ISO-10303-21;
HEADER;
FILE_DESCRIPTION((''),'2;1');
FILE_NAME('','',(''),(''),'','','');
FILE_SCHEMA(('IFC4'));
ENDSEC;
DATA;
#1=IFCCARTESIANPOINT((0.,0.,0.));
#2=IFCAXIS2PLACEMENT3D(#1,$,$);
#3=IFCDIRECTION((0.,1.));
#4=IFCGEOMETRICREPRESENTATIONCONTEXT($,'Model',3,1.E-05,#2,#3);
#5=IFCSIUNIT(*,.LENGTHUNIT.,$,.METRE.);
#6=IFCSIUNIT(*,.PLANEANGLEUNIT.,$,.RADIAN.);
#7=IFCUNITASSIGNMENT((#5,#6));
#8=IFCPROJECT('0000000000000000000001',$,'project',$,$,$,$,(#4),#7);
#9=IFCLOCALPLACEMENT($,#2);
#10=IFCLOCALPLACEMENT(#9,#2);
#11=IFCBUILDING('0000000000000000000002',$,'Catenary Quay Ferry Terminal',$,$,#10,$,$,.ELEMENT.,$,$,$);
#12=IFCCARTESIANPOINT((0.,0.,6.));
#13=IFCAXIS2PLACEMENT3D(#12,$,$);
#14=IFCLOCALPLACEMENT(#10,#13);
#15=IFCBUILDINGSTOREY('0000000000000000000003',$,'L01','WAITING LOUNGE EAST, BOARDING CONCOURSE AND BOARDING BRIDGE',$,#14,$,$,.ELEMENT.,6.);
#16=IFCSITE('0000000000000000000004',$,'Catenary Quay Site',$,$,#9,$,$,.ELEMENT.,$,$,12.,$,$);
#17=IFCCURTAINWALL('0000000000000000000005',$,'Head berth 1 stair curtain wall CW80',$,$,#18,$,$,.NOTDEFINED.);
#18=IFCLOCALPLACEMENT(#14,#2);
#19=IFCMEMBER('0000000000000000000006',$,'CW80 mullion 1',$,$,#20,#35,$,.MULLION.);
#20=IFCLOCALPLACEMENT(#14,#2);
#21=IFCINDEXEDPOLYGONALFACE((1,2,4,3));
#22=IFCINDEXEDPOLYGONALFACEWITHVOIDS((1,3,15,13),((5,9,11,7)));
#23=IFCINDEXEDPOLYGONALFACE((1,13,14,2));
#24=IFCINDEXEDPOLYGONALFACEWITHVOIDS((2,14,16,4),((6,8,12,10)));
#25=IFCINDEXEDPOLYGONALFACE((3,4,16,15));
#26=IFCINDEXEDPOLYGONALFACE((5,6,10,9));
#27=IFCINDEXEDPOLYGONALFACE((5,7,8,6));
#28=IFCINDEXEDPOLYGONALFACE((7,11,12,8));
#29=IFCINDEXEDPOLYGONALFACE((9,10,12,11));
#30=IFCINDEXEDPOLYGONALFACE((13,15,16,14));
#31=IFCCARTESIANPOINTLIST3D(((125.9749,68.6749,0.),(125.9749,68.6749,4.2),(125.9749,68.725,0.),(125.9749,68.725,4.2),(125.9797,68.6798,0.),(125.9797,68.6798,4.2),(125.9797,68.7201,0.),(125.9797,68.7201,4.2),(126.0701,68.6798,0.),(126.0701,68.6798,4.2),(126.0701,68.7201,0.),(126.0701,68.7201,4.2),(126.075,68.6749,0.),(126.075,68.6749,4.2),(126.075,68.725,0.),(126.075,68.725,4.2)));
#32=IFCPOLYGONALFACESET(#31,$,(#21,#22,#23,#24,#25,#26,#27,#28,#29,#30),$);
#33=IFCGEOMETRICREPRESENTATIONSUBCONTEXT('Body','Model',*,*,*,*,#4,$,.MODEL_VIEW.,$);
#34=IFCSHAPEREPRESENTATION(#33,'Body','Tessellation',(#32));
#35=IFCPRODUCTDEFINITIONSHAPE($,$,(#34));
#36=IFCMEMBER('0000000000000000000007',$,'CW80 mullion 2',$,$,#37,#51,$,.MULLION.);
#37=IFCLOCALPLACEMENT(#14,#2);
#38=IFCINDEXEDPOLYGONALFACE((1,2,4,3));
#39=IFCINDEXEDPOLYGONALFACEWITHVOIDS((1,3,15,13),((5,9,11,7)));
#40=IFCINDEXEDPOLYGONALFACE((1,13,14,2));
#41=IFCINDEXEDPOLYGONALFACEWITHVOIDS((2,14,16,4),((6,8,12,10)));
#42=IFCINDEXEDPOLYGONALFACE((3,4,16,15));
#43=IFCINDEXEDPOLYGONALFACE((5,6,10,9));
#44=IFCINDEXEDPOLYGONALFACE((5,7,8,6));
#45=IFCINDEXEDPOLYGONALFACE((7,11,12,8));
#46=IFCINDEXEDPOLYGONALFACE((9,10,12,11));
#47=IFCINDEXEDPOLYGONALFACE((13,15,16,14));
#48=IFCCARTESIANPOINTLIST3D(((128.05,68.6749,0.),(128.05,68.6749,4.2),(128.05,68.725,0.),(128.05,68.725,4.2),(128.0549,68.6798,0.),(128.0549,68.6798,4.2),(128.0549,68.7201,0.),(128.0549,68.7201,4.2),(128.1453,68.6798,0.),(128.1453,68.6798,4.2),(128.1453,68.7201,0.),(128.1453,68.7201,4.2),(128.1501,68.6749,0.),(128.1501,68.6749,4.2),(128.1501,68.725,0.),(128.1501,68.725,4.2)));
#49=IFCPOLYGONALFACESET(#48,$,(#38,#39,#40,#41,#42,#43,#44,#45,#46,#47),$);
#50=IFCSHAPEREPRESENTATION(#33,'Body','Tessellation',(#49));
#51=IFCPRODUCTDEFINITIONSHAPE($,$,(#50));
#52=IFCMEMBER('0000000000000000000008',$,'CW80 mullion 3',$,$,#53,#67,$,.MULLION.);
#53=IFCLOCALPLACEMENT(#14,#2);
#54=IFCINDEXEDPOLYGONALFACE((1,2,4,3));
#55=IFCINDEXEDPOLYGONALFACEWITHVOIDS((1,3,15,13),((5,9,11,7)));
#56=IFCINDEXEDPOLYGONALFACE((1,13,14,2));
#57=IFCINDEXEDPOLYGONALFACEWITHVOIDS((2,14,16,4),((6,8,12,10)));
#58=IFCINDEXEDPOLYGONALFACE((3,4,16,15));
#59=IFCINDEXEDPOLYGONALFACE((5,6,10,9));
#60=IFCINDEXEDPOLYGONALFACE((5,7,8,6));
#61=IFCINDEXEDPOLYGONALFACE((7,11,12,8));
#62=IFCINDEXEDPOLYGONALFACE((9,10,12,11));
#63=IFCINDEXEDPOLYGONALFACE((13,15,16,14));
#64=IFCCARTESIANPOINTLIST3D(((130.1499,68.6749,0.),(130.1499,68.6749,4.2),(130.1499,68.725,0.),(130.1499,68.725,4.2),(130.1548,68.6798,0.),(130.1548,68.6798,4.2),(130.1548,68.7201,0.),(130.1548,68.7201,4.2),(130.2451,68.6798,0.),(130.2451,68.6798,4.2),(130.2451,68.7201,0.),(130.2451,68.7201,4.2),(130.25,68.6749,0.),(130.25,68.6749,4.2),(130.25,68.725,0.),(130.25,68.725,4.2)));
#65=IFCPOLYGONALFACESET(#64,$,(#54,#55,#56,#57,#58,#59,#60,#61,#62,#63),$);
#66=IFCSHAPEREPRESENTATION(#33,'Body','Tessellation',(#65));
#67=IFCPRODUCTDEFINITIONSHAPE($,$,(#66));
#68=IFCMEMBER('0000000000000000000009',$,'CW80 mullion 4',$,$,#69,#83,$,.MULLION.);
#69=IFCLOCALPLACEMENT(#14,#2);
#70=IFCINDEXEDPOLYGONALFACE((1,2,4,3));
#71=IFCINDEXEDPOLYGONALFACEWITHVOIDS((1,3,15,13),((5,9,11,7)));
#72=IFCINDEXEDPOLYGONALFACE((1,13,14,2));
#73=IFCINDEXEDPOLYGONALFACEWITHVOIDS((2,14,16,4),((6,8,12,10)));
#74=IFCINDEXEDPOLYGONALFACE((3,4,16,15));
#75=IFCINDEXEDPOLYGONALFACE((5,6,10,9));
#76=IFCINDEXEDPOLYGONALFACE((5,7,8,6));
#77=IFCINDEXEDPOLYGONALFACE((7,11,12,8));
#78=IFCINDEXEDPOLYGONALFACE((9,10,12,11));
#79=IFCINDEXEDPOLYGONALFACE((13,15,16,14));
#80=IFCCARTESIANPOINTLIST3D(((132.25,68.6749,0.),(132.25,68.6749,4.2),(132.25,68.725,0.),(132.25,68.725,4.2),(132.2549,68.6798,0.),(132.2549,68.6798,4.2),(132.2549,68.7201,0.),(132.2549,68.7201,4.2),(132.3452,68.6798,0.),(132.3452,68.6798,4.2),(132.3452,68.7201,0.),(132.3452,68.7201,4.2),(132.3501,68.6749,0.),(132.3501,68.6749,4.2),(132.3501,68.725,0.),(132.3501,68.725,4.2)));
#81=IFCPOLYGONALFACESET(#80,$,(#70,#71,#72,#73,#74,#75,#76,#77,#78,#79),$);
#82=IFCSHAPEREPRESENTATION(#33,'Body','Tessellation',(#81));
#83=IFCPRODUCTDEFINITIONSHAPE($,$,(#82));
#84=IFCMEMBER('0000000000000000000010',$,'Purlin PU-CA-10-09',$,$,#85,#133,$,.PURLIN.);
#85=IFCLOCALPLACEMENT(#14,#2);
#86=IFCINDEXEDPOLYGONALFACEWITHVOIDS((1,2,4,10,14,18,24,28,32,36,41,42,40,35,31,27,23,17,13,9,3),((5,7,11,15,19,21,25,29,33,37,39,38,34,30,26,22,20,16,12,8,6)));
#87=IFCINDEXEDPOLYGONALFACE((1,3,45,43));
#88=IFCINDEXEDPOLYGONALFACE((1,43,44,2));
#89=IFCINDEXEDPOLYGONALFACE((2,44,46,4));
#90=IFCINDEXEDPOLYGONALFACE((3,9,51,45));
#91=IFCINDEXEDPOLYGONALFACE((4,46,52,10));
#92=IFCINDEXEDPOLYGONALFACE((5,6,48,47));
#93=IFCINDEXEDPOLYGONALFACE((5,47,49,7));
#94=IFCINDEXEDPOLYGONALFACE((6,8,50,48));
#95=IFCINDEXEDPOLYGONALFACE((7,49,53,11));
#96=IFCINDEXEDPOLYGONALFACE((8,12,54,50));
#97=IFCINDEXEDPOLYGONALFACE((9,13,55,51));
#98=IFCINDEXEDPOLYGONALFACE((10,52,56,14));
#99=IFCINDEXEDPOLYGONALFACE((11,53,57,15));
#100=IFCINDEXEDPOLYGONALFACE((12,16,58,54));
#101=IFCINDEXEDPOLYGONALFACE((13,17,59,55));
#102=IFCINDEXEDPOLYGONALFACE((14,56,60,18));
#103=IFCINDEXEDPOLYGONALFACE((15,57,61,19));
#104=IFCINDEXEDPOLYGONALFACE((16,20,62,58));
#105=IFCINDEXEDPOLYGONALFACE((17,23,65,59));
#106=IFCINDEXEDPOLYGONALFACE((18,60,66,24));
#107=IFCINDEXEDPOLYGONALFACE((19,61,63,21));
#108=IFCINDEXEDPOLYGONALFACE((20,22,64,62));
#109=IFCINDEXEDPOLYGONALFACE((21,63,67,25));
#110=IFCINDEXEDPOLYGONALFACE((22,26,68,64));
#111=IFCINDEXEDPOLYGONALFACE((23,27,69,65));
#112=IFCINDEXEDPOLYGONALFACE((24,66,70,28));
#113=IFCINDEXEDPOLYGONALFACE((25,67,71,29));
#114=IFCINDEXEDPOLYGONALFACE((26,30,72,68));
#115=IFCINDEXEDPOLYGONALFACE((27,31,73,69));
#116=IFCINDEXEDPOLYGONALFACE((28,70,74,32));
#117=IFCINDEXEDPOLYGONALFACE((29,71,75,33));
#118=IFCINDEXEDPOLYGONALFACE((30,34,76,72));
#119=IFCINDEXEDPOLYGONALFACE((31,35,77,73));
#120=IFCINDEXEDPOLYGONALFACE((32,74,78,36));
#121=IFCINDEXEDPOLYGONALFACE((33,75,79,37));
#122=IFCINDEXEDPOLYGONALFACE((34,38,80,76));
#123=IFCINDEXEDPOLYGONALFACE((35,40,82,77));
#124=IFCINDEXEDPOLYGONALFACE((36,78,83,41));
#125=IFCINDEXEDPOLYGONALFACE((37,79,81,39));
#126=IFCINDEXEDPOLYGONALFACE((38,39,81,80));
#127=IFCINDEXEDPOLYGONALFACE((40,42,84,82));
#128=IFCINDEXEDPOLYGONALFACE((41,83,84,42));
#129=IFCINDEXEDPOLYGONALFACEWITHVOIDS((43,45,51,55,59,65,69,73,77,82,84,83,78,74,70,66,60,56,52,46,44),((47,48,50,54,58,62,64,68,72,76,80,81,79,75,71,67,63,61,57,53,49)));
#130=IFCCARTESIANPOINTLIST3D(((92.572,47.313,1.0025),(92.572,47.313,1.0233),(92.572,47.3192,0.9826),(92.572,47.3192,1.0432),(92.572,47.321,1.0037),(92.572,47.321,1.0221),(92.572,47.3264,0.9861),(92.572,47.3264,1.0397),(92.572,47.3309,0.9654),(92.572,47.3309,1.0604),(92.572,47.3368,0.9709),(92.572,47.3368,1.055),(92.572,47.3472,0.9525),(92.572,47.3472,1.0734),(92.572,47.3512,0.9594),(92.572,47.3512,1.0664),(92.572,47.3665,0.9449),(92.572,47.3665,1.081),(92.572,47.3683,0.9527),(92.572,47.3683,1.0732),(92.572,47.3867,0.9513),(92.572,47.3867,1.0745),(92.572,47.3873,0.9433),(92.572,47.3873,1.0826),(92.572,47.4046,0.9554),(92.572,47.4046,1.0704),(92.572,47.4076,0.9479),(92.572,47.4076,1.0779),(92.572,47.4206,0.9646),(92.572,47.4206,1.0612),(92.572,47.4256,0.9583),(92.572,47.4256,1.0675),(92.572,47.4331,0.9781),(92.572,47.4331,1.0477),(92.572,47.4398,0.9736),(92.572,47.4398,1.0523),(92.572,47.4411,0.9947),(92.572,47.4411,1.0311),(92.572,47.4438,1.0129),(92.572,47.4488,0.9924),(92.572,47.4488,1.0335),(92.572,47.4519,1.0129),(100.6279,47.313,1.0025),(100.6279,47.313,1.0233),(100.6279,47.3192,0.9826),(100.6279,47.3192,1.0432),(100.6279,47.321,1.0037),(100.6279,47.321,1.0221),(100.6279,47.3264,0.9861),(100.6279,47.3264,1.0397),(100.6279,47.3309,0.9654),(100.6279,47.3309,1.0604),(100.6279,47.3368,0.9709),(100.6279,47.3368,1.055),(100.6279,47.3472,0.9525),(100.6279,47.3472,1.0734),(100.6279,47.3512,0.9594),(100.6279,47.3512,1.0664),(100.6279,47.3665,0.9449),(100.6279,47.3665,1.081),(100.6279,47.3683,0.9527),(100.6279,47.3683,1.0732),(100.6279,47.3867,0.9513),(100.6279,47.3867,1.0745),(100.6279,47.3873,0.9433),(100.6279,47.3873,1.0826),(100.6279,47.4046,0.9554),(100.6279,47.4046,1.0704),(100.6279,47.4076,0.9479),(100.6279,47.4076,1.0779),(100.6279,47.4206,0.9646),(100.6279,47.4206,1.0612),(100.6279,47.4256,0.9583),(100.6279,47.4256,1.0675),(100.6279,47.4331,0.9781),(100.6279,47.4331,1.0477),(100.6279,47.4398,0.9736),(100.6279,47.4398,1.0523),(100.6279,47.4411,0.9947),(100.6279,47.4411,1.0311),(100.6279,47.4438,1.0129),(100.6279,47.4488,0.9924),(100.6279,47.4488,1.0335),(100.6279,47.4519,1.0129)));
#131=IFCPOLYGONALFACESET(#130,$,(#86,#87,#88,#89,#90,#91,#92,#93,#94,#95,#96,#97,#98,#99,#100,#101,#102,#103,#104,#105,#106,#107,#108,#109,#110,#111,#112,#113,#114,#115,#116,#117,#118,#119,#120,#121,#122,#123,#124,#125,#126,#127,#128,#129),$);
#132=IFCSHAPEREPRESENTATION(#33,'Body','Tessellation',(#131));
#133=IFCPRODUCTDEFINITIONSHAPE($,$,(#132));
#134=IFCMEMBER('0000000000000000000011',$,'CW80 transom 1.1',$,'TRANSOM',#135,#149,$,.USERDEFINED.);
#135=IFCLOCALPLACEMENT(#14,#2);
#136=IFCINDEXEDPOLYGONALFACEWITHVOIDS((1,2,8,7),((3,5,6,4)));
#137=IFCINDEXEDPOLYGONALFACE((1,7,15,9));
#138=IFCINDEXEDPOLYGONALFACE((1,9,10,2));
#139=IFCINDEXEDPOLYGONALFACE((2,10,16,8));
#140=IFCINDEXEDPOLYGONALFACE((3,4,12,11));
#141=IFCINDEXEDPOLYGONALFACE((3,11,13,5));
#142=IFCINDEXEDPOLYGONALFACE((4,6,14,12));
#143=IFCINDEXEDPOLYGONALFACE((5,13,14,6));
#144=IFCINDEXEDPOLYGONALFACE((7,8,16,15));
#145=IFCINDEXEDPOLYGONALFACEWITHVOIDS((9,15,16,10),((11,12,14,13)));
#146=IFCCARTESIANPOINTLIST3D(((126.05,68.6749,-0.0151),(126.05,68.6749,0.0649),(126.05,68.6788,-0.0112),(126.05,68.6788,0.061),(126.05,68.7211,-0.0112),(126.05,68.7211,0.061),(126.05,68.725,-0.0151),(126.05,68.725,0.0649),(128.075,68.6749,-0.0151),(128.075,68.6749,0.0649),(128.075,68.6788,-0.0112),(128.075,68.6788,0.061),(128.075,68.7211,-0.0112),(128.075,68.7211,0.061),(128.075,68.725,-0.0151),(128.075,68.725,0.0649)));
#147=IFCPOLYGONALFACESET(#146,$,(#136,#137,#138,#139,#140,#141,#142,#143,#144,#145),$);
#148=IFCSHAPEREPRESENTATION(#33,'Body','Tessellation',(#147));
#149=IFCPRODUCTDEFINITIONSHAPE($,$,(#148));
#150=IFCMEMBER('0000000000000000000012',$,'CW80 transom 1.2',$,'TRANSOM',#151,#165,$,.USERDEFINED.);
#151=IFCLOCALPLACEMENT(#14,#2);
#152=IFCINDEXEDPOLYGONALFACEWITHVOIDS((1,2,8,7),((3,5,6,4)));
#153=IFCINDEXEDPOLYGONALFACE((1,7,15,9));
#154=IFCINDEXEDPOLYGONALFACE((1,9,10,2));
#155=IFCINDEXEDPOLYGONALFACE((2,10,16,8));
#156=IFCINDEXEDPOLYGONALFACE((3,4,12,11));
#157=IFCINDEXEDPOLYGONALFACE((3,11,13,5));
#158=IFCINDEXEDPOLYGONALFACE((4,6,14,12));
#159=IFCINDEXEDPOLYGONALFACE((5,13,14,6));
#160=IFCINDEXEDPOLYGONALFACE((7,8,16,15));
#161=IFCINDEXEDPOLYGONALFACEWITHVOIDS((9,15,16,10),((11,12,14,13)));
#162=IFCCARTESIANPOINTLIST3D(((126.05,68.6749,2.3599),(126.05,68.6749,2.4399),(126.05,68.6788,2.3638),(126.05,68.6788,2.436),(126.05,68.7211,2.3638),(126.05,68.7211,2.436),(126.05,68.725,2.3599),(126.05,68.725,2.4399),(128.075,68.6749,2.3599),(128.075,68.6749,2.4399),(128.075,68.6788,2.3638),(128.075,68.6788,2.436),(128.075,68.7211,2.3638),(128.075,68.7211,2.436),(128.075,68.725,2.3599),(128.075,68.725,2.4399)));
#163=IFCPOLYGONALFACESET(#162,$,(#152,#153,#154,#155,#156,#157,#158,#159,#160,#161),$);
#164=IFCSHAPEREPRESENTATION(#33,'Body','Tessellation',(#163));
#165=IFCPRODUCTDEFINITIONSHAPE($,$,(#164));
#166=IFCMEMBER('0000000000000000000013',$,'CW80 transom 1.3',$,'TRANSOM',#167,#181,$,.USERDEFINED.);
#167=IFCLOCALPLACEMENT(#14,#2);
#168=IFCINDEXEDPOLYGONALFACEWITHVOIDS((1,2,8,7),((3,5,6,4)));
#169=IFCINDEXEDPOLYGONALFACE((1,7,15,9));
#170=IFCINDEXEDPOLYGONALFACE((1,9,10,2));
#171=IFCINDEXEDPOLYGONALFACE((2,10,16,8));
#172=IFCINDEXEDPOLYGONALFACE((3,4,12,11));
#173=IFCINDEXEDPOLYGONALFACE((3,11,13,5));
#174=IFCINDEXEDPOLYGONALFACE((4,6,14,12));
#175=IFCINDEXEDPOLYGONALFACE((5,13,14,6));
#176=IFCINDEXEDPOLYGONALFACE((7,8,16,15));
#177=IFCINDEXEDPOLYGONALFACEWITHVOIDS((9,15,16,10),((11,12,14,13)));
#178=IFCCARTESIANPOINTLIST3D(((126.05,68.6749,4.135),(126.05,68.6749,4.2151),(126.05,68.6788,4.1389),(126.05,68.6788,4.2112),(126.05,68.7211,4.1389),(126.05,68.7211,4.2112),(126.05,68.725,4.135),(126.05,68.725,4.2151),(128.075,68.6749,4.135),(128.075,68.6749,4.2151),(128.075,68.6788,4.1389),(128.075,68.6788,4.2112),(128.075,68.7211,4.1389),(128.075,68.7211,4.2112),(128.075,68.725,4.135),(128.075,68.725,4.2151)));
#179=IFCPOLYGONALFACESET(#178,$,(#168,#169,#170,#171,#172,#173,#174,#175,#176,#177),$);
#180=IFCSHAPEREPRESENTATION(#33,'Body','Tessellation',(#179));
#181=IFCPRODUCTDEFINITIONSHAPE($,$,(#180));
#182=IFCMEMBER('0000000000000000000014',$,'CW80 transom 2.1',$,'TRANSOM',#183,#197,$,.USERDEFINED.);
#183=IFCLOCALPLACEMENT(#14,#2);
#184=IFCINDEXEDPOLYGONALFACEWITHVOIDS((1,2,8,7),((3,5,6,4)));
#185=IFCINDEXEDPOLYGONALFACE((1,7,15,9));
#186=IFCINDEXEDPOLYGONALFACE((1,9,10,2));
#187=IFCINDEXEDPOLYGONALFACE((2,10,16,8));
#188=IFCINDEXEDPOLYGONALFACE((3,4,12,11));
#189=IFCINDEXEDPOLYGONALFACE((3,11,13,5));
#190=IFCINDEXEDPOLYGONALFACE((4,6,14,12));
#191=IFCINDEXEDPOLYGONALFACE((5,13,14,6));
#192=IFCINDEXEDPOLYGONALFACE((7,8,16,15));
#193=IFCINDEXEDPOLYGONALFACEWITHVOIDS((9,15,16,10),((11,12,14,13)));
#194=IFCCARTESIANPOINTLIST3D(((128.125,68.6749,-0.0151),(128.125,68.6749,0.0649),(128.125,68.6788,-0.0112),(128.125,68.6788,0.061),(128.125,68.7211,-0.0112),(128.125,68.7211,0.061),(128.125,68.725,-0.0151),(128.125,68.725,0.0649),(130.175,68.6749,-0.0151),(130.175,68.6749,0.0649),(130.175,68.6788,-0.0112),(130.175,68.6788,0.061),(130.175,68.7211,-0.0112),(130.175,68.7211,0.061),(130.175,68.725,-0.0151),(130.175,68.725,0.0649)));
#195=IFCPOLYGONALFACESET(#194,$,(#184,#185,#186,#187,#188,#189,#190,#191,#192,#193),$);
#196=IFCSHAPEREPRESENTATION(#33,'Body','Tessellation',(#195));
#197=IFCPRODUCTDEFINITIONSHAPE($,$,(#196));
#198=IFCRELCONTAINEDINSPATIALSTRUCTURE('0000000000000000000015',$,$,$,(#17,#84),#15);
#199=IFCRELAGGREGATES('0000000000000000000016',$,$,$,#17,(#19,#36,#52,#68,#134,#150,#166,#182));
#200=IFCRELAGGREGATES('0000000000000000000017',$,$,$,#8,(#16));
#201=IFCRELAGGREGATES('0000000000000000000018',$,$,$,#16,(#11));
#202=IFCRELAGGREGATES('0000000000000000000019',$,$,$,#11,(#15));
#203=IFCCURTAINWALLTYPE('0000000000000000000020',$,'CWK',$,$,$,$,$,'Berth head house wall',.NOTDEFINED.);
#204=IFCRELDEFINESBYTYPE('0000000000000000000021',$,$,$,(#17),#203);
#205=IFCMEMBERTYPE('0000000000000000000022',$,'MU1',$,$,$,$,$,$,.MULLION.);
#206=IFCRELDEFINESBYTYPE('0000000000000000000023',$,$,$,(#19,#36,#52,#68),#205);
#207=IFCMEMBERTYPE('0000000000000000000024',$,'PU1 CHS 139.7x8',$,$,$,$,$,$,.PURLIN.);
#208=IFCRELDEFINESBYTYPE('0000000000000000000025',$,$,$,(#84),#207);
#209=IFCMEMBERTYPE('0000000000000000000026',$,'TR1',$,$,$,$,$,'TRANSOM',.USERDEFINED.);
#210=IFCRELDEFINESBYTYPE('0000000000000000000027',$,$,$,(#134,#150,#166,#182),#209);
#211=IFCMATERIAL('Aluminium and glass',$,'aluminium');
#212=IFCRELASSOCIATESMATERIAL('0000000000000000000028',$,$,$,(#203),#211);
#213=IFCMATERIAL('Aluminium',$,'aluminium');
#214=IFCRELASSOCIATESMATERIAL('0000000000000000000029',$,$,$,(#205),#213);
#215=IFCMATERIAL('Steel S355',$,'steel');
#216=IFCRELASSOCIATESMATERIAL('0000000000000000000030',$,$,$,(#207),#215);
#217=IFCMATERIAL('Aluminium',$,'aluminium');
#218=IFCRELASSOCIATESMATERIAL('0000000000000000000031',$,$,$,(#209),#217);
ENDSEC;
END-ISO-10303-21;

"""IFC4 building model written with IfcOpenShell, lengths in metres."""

from ifc_helpers import new_model, si_unit, direction, frame, origin, origin_2d, place, context, subcontext, project, spatial, hollow_rectangle, hollow_circle, extrude, material, material_profile, profile_set, type_object, element, aggregate, save


model = new_model("IFC4")

# Units and contexts
model_context = context("Model", 3, precision=1e-05, world=origin(), true_north=direction((0.0, 1.0)))
body_context = subcontext(model_context, "Body", "Model", "MODEL_VIEW")
ifc_project = project(units=[si_unit("LENGTHUNIT", "METRE"), si_unit("PLANEANGLEUNIT", "RADIAN")], contexts=[model_context])

# Site, building, storey
site_placement = place(None, origin())
site = spatial("IfcSite", under=ifc_project, at=site_placement, Name="Catenary Quay Site", CompositionType="ELEMENT", RefElevation=12.0)
building_placement = place(site_placement, origin())
building = spatial("IfcBuilding", under=site, at=building_placement, Name="Catenary Quay Ferry Terminal", CompositionType="ELEMENT")
storey_placement = place(building_placement, frame((0.0, 0.0, 6.0)))
storey = spatial("IfcBuildingStorey", under=building, at=storey_placement, Name="L01", Description="WAITING LOUNGE EAST, BOARDING CONCOURSE AND BOARDING BRIDGE", CompositionType="ELEMENT", Elevation=6.0)

# Curtain wall, members
ifc_material_1 = material(Name="Aluminium and glass", Category="aluminium")
curtain_wall_type = type_object("IfcCurtainWallType", Name="CWK", ElementType="Berth head house wall", PredefinedType="NOTDEFINED", material=ifc_material_1)
curtain_wall_placement = place(storey_placement, origin())
curtain_wall = element("IfcCurtainWall", 1, at=curtain_wall_placement, inside=storey, type_object=curtain_wall_type, Name="Head berth 1 stair curtain wall CW80", PredefinedType="NOTDEFINED")
ifc_material_2 = material(Name="Aluminium", Category="aluminium")
ifc_material_profile_1 = material_profile(ifc_material_2, hollow_rectangle(XDim=0.05, YDim=0.1001, WallThickness=0.0049, at=origin_2d()), Name="MU1")
ifc_profile_set_1 = profile_set([ifc_material_profile_1], Name="Aluminium")
member_type_1 = type_object("IfcMemberType", Name="MU1", PredefinedType="MULLION", material=ifc_profile_set_1)
member_1_placement = place(storey_placement, frame((126.0249, 68.7, 0.0), z_axis=(0.0, 0.0, 1.0), x_axis=(0.0, 1.0, 0.0)))
member_1 = element("IfcMember", 2, at=member_1_placement, type_object=member_type_1, Name="CW80 mullion 1", PredefinedType="MULLION", context=body_context, shape_type="SweptSolid", body=[
    extrude(hollow_rectangle(XDim=0.05, YDim=0.1001, WallThickness=0.0049, at=origin_2d()), origin(), (0.0, 0.0, 1.0), 4.2),
])
member_2_placement = place(storey_placement, frame((128.1001, 68.7, 0.0), z_axis=(0.0, 0.0, 1.0), x_axis=(0.0, 1.0, 0.0)))
member_2 = element("IfcMember", 3, at=member_2_placement, type_object=member_type_1, Name="CW80 mullion 2", PredefinedType="MULLION", context=body_context, shape_type="SweptSolid", body=[
    extrude(hollow_rectangle(XDim=0.05, YDim=0.1001, WallThickness=0.0049, at=origin_2d()), origin(), (0.0, 0.0, 1.0), 4.2),
])
member_3_placement = place(storey_placement, frame((130.2, 68.7, 0.0), z_axis=(0.0, 0.0, 1.0), x_axis=(0.0, 1.0, 0.0)))
member_3 = element("IfcMember", 4, at=member_3_placement, type_object=member_type_1, Name="CW80 mullion 3", PredefinedType="MULLION", context=body_context, shape_type="SweptSolid", body=[
    extrude(hollow_rectangle(XDim=0.05, YDim=0.1001, WallThickness=0.0049, at=origin_2d()), origin(), (0.0, 0.0, 1.0), 4.2),
])
member_4_placement = place(storey_placement, frame((132.3, 68.7, 0.0), z_axis=(0.0, 0.0, 1.0), x_axis=(0.0, 1.0, 0.0)))
member_4 = element("IfcMember", 5, at=member_4_placement, type_object=member_type_1, Name="CW80 mullion 4", PredefinedType="MULLION", context=body_context, shape_type="SweptSolid", body=[
    extrude(hollow_rectangle(XDim=0.05, YDim=0.1001, WallThickness=0.0049, at=origin_2d()), origin(), (0.0, 0.0, 1.0), 4.2),
])

# Members
ifc_material_3 = material(Name="Steel S355", Category="steel")
ifc_material_profile_2 = material_profile(ifc_material_3, hollow_circle(Radius=0.0698, WallThickness=0.0081, at=origin_2d()), Name="CHS 139.7x8")
ifc_profile_set_2 = profile_set([ifc_material_profile_2], Name="Steel S355")
member_type_2 = type_object("IfcMemberType", Name="PU1 CHS 139.7x8", PredefinedType="PURLIN", material=ifc_profile_set_2)
member_5_placement = place(storey_placement, frame((92.572, 47.3821, 1.0129), z_axis=(1.0, 0.0, 0.0), x_axis=(0.0, 1.0, 0.0)))
element("IfcMember", 6, at=member_5_placement, inside=storey, type_object=member_type_2, Name="Purlin PU-CA-10-09", PredefinedType="PURLIN", context=body_context, shape_type="SweptSolid", body=[
    extrude(hollow_circle(Radius=0.0698, WallThickness=0.0081, at=origin_2d()), origin(), (0.0, 0.0, 1.0), 8.0559),
])
ifc_material_4 = material(Name="Aluminium", Category="aluminium")
ifc_material_profile_3 = material_profile(ifc_material_4, hollow_rectangle(XDim=0.05, YDim=0.0801, WallThickness=0.0039, at=origin_2d()), Name="TR1")
ifc_profile_set_3 = profile_set([ifc_material_profile_3], Name="Aluminium")
member_type_3 = type_object("IfcMemberType", Name="TR1", ElementType="TRANSOM", PredefinedType="USERDEFINED", material=ifc_profile_set_3)
member_6_placement = place(storey_placement, frame((126.05, 68.7, 0.0249), z_axis=(1.0, 0.0, 0.0), x_axis=(0.0, 1.0, 0.0)))
member_6 = element("IfcMember", 7, at=member_6_placement, type_object=member_type_3, Name="CW80 transom 1.1", ObjectType="TRANSOM", PredefinedType="USERDEFINED", context=body_context, shape_type="SweptSolid", body=[
    extrude(hollow_rectangle(XDim=0.05, YDim=0.0801, WallThickness=0.0039, at=origin_2d()), origin(), (0.0, 0.0, 1.0), 2.0249),
])
member_7_placement = place(storey_placement, frame((126.05, 68.7, 2.3999), z_axis=(1.0, 0.0, 0.0), x_axis=(0.0, 1.0, 0.0)))
member_7 = element("IfcMember", 8, at=member_7_placement, type_object=member_type_3, Name="CW80 transom 1.2", ObjectType="TRANSOM", PredefinedType="USERDEFINED", context=body_context, shape_type="SweptSolid", body=[
    extrude(hollow_rectangle(XDim=0.05, YDim=0.0801, WallThickness=0.0039, at=origin_2d()), origin(), (0.0, 0.0, 1.0), 2.0249),
])
member_8_placement = place(storey_placement, frame((126.05, 68.7, 4.175), z_axis=(1.0, 0.0, 0.0), x_axis=(0.0, 1.0, 0.0)))
member_8 = element("IfcMember", 9, at=member_8_placement, type_object=member_type_3, Name="CW80 transom 1.3", ObjectType="TRANSOM", PredefinedType="USERDEFINED", context=body_context, shape_type="SweptSolid", body=[
    extrude(hollow_rectangle(XDim=0.05, YDim=0.0801, WallThickness=0.0039, at=origin_2d()), origin(), (0.0, 0.0, 1.0), 2.0249),
])
member_9_placement = place(storey_placement, frame((128.125, 68.7, 0.0249), z_axis=(1.0, 0.0, 0.0), x_axis=(0.0, 1.0, 0.0)))
member_9 = element("IfcMember", 10, at=member_9_placement, type_object=member_type_3, Name="CW80 transom 2.1", ObjectType="TRANSOM", PredefinedType="USERDEFINED", context=body_context, shape_type="SweptSolid", body=[
    extrude(hollow_rectangle(XDim=0.05, YDim=0.0801, WallThickness=0.0039, at=origin_2d()), origin(), (0.0, 0.0, 1.0), 2.05),
])

aggregate(curtain_wall, [member_1, member_2, member_3, member_4, member_6, member_7, member_8, member_9])

save(model, "model.ifc")
